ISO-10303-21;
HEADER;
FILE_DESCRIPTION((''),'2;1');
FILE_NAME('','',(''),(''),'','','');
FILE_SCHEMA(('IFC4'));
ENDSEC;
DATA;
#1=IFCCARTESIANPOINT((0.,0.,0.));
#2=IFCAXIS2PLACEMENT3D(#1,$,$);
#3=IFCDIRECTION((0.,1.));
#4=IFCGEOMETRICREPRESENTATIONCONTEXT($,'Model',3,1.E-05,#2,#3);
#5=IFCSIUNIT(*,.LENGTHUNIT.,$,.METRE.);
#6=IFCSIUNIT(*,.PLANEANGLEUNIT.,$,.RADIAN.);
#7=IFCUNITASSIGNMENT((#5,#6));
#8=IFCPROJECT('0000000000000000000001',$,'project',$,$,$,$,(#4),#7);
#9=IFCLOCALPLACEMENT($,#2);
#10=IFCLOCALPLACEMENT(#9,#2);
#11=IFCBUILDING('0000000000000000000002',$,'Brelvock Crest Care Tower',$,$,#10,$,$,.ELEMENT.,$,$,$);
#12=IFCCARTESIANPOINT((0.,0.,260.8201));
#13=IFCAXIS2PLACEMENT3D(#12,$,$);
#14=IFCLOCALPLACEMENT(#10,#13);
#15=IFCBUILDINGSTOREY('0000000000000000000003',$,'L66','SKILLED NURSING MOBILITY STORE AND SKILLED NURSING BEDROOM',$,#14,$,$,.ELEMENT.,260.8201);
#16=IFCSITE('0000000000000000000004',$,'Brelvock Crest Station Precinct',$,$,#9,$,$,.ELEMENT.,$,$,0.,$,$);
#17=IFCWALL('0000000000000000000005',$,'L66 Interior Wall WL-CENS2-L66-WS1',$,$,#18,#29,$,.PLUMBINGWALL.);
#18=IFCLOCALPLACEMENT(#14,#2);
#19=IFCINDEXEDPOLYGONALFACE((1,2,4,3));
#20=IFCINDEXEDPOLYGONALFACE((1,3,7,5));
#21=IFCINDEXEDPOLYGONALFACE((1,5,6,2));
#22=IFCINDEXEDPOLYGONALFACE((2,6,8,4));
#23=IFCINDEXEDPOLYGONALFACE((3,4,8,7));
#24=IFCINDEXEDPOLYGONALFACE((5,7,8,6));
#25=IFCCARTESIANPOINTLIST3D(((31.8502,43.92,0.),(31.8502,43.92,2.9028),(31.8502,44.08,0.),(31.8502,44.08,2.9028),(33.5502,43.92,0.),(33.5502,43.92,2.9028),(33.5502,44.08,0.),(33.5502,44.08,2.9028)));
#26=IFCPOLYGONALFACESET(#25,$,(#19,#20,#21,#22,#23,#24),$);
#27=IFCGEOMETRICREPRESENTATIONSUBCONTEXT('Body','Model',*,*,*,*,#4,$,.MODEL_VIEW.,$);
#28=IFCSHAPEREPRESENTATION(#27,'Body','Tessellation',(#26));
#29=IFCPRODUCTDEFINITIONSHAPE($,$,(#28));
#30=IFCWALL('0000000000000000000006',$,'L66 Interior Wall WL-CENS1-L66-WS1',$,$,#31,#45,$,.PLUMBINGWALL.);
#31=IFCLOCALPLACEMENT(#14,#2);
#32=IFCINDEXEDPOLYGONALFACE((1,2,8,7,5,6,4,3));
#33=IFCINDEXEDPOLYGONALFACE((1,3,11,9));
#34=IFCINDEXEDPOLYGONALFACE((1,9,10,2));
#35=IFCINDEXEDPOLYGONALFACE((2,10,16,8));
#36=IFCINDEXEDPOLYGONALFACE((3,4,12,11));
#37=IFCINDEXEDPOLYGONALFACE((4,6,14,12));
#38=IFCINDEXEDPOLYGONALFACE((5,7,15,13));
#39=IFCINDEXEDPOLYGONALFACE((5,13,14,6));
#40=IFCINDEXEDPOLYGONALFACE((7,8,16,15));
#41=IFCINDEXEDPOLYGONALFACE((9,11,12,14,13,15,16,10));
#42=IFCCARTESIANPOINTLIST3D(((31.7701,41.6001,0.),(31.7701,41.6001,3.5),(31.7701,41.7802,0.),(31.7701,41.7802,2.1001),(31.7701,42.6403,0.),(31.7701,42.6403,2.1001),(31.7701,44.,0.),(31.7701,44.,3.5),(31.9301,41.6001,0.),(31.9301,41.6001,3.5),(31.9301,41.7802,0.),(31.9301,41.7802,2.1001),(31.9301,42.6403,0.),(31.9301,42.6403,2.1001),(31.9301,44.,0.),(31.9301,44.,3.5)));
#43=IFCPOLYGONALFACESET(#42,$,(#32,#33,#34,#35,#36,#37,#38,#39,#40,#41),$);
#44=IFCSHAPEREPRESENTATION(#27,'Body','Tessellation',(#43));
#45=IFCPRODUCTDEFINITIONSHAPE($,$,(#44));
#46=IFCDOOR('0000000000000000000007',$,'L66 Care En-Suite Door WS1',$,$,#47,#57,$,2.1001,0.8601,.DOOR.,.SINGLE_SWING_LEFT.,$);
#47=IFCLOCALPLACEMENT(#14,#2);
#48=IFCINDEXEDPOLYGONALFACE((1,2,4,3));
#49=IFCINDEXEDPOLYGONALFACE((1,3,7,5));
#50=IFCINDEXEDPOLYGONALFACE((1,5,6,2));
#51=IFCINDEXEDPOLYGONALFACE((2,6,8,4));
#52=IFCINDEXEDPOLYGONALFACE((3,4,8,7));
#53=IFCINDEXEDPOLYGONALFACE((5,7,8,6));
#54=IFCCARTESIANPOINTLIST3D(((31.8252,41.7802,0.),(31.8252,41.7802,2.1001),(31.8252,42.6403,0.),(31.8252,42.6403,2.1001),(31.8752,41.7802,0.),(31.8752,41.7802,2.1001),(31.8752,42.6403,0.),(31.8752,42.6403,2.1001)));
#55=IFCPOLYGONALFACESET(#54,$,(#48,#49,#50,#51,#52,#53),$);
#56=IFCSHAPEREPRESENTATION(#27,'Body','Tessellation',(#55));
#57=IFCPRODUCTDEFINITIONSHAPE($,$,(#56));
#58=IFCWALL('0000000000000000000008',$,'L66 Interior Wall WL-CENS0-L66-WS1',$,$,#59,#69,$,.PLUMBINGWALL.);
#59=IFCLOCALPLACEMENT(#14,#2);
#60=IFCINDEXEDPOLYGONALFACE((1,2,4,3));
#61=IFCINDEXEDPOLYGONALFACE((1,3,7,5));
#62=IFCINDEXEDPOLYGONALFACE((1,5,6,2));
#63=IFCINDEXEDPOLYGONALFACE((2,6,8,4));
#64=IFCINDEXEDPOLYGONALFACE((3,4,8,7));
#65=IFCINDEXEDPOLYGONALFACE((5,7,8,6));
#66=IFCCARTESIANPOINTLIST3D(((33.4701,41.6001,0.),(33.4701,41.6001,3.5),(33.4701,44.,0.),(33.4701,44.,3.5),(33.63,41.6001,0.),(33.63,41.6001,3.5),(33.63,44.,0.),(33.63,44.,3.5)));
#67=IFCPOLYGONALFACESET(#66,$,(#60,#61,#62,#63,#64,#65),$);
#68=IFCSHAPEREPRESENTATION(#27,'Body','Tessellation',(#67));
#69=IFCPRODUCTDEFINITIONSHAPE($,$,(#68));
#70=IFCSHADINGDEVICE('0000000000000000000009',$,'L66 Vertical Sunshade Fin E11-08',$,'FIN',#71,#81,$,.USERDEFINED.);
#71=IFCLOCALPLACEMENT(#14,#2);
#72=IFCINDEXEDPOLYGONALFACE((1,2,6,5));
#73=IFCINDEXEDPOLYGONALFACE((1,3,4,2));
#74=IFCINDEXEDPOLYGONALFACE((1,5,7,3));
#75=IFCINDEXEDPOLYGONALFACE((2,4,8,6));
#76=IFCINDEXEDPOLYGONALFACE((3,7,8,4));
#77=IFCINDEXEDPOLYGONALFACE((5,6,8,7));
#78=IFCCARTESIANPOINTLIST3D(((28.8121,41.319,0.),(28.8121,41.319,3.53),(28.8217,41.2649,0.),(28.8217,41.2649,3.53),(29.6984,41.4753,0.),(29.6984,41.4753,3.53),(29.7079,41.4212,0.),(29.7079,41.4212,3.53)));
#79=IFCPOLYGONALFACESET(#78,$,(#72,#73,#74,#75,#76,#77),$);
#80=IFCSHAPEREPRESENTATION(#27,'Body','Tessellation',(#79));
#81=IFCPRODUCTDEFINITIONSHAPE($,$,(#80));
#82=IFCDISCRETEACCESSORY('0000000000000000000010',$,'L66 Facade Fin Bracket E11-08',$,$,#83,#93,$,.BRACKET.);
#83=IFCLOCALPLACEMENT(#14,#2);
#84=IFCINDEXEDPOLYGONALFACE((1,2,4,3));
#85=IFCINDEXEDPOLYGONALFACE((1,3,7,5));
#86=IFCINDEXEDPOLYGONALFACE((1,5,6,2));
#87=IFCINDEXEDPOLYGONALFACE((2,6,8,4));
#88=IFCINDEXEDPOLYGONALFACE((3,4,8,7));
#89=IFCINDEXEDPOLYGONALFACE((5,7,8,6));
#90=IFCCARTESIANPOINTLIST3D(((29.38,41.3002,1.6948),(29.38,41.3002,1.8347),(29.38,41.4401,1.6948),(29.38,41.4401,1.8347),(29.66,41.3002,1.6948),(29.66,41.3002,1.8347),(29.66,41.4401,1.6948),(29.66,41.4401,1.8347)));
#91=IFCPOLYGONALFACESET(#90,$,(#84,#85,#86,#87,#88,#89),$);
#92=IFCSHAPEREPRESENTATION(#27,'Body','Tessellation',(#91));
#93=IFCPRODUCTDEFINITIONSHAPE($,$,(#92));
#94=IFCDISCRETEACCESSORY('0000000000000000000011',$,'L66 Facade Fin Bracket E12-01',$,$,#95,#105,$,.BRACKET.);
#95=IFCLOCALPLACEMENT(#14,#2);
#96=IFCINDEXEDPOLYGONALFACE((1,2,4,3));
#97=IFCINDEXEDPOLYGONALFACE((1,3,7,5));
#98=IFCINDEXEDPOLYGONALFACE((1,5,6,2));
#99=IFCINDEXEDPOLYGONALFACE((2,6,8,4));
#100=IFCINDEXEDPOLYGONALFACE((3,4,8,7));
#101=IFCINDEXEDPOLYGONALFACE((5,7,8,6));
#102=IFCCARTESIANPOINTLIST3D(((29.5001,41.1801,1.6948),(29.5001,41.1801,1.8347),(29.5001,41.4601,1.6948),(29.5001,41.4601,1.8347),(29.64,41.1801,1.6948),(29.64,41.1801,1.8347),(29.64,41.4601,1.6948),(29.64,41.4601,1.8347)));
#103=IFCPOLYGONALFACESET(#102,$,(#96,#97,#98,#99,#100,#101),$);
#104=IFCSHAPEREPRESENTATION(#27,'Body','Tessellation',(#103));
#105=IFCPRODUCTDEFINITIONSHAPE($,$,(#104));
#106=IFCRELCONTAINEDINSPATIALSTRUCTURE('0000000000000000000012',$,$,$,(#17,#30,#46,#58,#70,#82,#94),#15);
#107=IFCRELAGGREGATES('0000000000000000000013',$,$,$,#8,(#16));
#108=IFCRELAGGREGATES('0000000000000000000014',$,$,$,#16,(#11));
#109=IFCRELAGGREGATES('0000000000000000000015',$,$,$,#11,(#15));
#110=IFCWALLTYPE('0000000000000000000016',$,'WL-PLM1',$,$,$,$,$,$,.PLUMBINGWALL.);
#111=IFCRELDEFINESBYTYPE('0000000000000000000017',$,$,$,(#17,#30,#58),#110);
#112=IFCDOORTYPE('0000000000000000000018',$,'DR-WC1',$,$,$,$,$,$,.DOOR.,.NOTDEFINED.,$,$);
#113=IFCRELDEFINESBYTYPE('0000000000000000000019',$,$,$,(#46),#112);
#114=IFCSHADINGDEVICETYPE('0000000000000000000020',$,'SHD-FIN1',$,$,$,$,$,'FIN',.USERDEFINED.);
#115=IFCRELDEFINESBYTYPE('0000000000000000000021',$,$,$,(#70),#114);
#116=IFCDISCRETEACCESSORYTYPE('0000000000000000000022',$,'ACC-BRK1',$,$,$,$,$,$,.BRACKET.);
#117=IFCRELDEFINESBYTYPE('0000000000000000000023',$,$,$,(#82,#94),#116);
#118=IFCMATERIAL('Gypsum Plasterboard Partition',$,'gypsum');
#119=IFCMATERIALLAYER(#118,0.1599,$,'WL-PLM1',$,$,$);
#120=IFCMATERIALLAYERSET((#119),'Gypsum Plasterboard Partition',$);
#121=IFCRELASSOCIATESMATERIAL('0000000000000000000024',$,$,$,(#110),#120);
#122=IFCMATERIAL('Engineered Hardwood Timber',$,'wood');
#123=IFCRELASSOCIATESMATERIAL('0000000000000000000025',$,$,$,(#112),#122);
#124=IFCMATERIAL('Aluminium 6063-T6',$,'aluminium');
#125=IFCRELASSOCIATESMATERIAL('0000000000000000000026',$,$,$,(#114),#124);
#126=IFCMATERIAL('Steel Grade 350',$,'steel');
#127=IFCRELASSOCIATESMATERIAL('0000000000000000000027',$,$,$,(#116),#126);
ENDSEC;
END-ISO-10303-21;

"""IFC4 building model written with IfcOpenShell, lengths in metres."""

from ifc_helpers import new_model, si_unit, direction, frame, frame_2d, origin, origin_2d, place, context, subcontext, project, spatial, rectangle, extrude, source, transform, mapped, material, layer, layer_set, material_profile, profile_set, type_object, element, fill, save


model = new_model("IFC4")

# Units and contexts
model_context = context("Model", 3, precision=1e-05, world=origin(), true_north=direction((0.0, 1.0)))
body_context = subcontext(model_context, "Body", "Model", "MODEL_VIEW")
ifc_project = project(units=[si_unit("LENGTHUNIT", "METRE"), si_unit("PLANEANGLEUNIT", "RADIAN")], contexts=[model_context])

# Site, building, storey
site_placement = place(None, origin())
site = spatial("IfcSite", under=ifc_project, at=site_placement, Name="Brelvock Crest Station Precinct", CompositionType="ELEMENT", RefElevation=0.0)
building_placement = place(site_placement, origin())
building = spatial("IfcBuilding", under=site, at=building_placement, Name="Brelvock Crest Care Tower", CompositionType="ELEMENT")
storey_placement = place(building_placement, frame((0.0, 0.0, 260.8201)))
storey = spatial("IfcBuildingStorey", under=building, at=storey_placement, Name="L66", Description="SKILLED NURSING MOBILITY STORE AND SKILLED NURSING BEDROOM", CompositionType="ELEMENT", Elevation=260.8201)

# Shared definitions
ifc_material_1 = material(Name="Steel Grade 350", Category="steel")

# Shared definitions
ifc_material_2 = material(Name="Aluminium 6063-T6", Category="aluminium")

# Shared definitions
ifc_material_3 = material(Name="Engineered Hardwood Timber", Category="wood")

# Wall
ifc_material_4 = material(Name="Gypsum Plasterboard Partition", Category="gypsum")
ifc_layer_1 = layer(ifc_material_4, 0.1599, Name="WL-PLM1")
ifc_layer_set_1 = layer_set([ifc_layer_1], Name="Gypsum Plasterboard Partition")
wall_type_1 = type_object("IfcWallType", Name="WL-PLM1", PredefinedType="PLUMBINGWALL", material=ifc_layer_set_1)
wall_1_placement = place(storey_placement, frame((31.8501, 44.0, 0.0), z_axis=(0.0, 0.0, 1.0), x_axis=(1.0, 0.0, 0.0)))
element("IfcWall", 1, at=wall_1_placement, inside=storey, type_object=wall_type_1, Name="L66 Interior Wall WL-CENS2-L66-WS1", PredefinedType="PLUMBINGWALL", context=body_context, shape_type="SweptSolid", body=[
    extrude(rectangle(XDim=1.7, YDim=0.1599, at=frame_2d((0.8501, 0.0))), origin(), (0.0, 0.0, 1.0), 2.9028),
])

# Wall, opening, door
wall_2_placement = place(storey_placement, frame((31.8501, 41.6001, 0.0), z_axis=(0.0, 0.0, 1.0), x_axis=(0.0, 1.0, 0.0)))
wall_2 = element("IfcWall", 2, at=wall_2_placement, inside=storey, type_object=wall_type_1, Name="L66 Interior Wall WL-CENS1-L66-WS1", PredefinedType="PLUMBINGWALL", context=body_context, shape_type="SweptSolid", body=[
    extrude(rectangle(XDim=2.3999, YDim=0.1599, at=frame_2d((1.2, 0.0))), origin(), (0.0, 0.0, 1.0), 3.5),
])
opening_1_placement = place(wall_2_placement, frame((0.1799, 0.0, 0.0)))
opening_1 = element("IfcOpeningElement", 3, at=opening_1_placement, cuts=wall_2, PredefinedType="OPENING", context=body_context, shape_type="SweptSolid", body=[
    extrude(rectangle(XDim=0.8601, YDim=2.1001, at=origin_2d()), frame((0.4302, 0.0898, 1.05), z_axis=(0.0, -1.0, 0.0), x_axis=(1.0, 0.0, 0.0)), (0.0, 0.0, 1.0), 0.1799),
])
door_type_1 = type_object("IfcDoorType", Name="DR-WC1", OperationType="NOTDEFINED", PredefinedType="DOOR", material=ifc_material_3)
shared_shape_1 = source(origin(), body_context, "Body", "SweptSolid", [
    extrude(rectangle(XDim=0.8601, YDim=2.1001, at=origin_2d()), frame((0.4302, 0.0249, 1.05), z_axis=(0.0, -1.0, 0.0), x_axis=(1.0, 0.0, 0.0)), (0.0, 0.0, 1.0), 0.05),
])
door_1_placement = place(opening_1_placement, origin())
door_1 = element("IfcDoor", 4, at=door_1_placement, inside=storey, type_object=door_type_1, Name="L66 Care En-Suite Door WS1", OperationType="SINGLE_SWING_LEFT", OverallHeight=2.1001, OverallWidth=0.8601, PredefinedType="DOOR", context=body_context, shape_type="MappedRepresentation", body=[
    mapped(shared_shape_1, transform((0.0, 0.0, 0.0), x_axis=(1.0, 0.0, 0.0), y_axis=(0.0, 1.0, 0.0), z_axis=(0.0, 0.0, 1.0), scale=1.0)),
])
fill(opening_1, door_1)

# Wall
wall_3_placement = place(storey_placement, frame((33.55, 41.6001, 0.0), z_axis=(0.0, 0.0, 1.0), x_axis=(0.0, 1.0, 0.0)))
element("IfcWall", 5, at=wall_3_placement, inside=storey, type_object=wall_type_1, Name="L66 Interior Wall WL-CENS0-L66-WS1", PredefinedType="PLUMBINGWALL", context=body_context, shape_type="SweptSolid", body=[
    extrude(rectangle(XDim=2.3999, YDim=0.1599, at=frame_2d((1.2, 0.0))), origin(), (0.0, 0.0, 1.0), 3.5),
])

# Shading device
ifc_material_profile_1 = material_profile(ifc_material_2, rectangle(XDim=0.0549, YDim=0.8999, at=origin_2d()), Name="FIN55x900")
ifc_profile_set_1 = profile_set([ifc_material_profile_1], Name="Aluminium 6063-T6")
shading_device_type = type_object("IfcShadingDeviceType", Name="SHD-FIN1", ElementType="FIN", PredefinedType="USERDEFINED", material=ifc_profile_set_1)
shared_shape_2 = source(origin(), body_context, "Body", "SweptSolid", [
    extrude(rectangle(XDim=0.0549, YDim=0.8999, at=origin_2d()), origin(), (0.0, 0.0, 1.0), 3.53),
])
shading_device_placement = place(storey_placement, frame((29.26, 41.3701, 0.0), z_axis=(0.0, 0.0, 1.0), x_axis=(-0.173648, 0.984808, 0.0)))
element("IfcShadingDevice", 6, at=shading_device_placement, inside=storey, type_object=shading_device_type, Name="L66 Vertical Sunshade Fin E11-08", ObjectType="FIN", PredefinedType="USERDEFINED", context=body_context, shape_type="MappedRepresentation", body=[
    mapped(shared_shape_2, transform((0.0, 0.0, 0.0), x_axis=(1.0, 0.0, 0.0), y_axis=(0.0, 1.0, 0.0), z_axis=(0.0, 0.0, 1.0), scale=1.0)),
])

# Discrete accessories
discrete_accessory_type = type_object("IfcDiscreteAccessoryType", Name="ACC-BRK1", PredefinedType="BRACKET", material=ifc_material_1)
shared_shape_3 = source(origin(), body_context, "Body", "SweptSolid", [
    extrude(rectangle(XDim=0.28, YDim=0.1399, at=origin_2d()), origin(), (0.0, 0.0, 1.0), 0.1399),
])
for number, where, z_axis, x_axis, name in (
    (7, (29.52, 41.3701, 1.6948), (0.0, 0.0, 1.0), (-1.0, 0.0, 0.0), "L66 Facade Fin Bracket E11-08"),
    (8, (29.5701, 41.3201, 1.6948), (0.0, 0.0, 1.0), (0.0, -1.0, 0.0), "L66 Facade Fin Bracket E12-01"),
):
    element("IfcDiscreteAccessory", number, at=place(storey_placement, frame(where, z_axis=z_axis, x_axis=x_axis)), inside=storey, type_object=discrete_accessory_type, Name=name, PredefinedType="BRACKET", context=body_context, shape_type="MappedRepresentation", body=[
        mapped(shared_shape_3, transform((0.0, 0.0, 0.0), x_axis=(1.0, 0.0, 0.0), y_axis=(0.0, 1.0, 0.0), z_axis=(0.0, 0.0, 1.0), scale=1.0)),
    ])

save(model, "model.ifc")
